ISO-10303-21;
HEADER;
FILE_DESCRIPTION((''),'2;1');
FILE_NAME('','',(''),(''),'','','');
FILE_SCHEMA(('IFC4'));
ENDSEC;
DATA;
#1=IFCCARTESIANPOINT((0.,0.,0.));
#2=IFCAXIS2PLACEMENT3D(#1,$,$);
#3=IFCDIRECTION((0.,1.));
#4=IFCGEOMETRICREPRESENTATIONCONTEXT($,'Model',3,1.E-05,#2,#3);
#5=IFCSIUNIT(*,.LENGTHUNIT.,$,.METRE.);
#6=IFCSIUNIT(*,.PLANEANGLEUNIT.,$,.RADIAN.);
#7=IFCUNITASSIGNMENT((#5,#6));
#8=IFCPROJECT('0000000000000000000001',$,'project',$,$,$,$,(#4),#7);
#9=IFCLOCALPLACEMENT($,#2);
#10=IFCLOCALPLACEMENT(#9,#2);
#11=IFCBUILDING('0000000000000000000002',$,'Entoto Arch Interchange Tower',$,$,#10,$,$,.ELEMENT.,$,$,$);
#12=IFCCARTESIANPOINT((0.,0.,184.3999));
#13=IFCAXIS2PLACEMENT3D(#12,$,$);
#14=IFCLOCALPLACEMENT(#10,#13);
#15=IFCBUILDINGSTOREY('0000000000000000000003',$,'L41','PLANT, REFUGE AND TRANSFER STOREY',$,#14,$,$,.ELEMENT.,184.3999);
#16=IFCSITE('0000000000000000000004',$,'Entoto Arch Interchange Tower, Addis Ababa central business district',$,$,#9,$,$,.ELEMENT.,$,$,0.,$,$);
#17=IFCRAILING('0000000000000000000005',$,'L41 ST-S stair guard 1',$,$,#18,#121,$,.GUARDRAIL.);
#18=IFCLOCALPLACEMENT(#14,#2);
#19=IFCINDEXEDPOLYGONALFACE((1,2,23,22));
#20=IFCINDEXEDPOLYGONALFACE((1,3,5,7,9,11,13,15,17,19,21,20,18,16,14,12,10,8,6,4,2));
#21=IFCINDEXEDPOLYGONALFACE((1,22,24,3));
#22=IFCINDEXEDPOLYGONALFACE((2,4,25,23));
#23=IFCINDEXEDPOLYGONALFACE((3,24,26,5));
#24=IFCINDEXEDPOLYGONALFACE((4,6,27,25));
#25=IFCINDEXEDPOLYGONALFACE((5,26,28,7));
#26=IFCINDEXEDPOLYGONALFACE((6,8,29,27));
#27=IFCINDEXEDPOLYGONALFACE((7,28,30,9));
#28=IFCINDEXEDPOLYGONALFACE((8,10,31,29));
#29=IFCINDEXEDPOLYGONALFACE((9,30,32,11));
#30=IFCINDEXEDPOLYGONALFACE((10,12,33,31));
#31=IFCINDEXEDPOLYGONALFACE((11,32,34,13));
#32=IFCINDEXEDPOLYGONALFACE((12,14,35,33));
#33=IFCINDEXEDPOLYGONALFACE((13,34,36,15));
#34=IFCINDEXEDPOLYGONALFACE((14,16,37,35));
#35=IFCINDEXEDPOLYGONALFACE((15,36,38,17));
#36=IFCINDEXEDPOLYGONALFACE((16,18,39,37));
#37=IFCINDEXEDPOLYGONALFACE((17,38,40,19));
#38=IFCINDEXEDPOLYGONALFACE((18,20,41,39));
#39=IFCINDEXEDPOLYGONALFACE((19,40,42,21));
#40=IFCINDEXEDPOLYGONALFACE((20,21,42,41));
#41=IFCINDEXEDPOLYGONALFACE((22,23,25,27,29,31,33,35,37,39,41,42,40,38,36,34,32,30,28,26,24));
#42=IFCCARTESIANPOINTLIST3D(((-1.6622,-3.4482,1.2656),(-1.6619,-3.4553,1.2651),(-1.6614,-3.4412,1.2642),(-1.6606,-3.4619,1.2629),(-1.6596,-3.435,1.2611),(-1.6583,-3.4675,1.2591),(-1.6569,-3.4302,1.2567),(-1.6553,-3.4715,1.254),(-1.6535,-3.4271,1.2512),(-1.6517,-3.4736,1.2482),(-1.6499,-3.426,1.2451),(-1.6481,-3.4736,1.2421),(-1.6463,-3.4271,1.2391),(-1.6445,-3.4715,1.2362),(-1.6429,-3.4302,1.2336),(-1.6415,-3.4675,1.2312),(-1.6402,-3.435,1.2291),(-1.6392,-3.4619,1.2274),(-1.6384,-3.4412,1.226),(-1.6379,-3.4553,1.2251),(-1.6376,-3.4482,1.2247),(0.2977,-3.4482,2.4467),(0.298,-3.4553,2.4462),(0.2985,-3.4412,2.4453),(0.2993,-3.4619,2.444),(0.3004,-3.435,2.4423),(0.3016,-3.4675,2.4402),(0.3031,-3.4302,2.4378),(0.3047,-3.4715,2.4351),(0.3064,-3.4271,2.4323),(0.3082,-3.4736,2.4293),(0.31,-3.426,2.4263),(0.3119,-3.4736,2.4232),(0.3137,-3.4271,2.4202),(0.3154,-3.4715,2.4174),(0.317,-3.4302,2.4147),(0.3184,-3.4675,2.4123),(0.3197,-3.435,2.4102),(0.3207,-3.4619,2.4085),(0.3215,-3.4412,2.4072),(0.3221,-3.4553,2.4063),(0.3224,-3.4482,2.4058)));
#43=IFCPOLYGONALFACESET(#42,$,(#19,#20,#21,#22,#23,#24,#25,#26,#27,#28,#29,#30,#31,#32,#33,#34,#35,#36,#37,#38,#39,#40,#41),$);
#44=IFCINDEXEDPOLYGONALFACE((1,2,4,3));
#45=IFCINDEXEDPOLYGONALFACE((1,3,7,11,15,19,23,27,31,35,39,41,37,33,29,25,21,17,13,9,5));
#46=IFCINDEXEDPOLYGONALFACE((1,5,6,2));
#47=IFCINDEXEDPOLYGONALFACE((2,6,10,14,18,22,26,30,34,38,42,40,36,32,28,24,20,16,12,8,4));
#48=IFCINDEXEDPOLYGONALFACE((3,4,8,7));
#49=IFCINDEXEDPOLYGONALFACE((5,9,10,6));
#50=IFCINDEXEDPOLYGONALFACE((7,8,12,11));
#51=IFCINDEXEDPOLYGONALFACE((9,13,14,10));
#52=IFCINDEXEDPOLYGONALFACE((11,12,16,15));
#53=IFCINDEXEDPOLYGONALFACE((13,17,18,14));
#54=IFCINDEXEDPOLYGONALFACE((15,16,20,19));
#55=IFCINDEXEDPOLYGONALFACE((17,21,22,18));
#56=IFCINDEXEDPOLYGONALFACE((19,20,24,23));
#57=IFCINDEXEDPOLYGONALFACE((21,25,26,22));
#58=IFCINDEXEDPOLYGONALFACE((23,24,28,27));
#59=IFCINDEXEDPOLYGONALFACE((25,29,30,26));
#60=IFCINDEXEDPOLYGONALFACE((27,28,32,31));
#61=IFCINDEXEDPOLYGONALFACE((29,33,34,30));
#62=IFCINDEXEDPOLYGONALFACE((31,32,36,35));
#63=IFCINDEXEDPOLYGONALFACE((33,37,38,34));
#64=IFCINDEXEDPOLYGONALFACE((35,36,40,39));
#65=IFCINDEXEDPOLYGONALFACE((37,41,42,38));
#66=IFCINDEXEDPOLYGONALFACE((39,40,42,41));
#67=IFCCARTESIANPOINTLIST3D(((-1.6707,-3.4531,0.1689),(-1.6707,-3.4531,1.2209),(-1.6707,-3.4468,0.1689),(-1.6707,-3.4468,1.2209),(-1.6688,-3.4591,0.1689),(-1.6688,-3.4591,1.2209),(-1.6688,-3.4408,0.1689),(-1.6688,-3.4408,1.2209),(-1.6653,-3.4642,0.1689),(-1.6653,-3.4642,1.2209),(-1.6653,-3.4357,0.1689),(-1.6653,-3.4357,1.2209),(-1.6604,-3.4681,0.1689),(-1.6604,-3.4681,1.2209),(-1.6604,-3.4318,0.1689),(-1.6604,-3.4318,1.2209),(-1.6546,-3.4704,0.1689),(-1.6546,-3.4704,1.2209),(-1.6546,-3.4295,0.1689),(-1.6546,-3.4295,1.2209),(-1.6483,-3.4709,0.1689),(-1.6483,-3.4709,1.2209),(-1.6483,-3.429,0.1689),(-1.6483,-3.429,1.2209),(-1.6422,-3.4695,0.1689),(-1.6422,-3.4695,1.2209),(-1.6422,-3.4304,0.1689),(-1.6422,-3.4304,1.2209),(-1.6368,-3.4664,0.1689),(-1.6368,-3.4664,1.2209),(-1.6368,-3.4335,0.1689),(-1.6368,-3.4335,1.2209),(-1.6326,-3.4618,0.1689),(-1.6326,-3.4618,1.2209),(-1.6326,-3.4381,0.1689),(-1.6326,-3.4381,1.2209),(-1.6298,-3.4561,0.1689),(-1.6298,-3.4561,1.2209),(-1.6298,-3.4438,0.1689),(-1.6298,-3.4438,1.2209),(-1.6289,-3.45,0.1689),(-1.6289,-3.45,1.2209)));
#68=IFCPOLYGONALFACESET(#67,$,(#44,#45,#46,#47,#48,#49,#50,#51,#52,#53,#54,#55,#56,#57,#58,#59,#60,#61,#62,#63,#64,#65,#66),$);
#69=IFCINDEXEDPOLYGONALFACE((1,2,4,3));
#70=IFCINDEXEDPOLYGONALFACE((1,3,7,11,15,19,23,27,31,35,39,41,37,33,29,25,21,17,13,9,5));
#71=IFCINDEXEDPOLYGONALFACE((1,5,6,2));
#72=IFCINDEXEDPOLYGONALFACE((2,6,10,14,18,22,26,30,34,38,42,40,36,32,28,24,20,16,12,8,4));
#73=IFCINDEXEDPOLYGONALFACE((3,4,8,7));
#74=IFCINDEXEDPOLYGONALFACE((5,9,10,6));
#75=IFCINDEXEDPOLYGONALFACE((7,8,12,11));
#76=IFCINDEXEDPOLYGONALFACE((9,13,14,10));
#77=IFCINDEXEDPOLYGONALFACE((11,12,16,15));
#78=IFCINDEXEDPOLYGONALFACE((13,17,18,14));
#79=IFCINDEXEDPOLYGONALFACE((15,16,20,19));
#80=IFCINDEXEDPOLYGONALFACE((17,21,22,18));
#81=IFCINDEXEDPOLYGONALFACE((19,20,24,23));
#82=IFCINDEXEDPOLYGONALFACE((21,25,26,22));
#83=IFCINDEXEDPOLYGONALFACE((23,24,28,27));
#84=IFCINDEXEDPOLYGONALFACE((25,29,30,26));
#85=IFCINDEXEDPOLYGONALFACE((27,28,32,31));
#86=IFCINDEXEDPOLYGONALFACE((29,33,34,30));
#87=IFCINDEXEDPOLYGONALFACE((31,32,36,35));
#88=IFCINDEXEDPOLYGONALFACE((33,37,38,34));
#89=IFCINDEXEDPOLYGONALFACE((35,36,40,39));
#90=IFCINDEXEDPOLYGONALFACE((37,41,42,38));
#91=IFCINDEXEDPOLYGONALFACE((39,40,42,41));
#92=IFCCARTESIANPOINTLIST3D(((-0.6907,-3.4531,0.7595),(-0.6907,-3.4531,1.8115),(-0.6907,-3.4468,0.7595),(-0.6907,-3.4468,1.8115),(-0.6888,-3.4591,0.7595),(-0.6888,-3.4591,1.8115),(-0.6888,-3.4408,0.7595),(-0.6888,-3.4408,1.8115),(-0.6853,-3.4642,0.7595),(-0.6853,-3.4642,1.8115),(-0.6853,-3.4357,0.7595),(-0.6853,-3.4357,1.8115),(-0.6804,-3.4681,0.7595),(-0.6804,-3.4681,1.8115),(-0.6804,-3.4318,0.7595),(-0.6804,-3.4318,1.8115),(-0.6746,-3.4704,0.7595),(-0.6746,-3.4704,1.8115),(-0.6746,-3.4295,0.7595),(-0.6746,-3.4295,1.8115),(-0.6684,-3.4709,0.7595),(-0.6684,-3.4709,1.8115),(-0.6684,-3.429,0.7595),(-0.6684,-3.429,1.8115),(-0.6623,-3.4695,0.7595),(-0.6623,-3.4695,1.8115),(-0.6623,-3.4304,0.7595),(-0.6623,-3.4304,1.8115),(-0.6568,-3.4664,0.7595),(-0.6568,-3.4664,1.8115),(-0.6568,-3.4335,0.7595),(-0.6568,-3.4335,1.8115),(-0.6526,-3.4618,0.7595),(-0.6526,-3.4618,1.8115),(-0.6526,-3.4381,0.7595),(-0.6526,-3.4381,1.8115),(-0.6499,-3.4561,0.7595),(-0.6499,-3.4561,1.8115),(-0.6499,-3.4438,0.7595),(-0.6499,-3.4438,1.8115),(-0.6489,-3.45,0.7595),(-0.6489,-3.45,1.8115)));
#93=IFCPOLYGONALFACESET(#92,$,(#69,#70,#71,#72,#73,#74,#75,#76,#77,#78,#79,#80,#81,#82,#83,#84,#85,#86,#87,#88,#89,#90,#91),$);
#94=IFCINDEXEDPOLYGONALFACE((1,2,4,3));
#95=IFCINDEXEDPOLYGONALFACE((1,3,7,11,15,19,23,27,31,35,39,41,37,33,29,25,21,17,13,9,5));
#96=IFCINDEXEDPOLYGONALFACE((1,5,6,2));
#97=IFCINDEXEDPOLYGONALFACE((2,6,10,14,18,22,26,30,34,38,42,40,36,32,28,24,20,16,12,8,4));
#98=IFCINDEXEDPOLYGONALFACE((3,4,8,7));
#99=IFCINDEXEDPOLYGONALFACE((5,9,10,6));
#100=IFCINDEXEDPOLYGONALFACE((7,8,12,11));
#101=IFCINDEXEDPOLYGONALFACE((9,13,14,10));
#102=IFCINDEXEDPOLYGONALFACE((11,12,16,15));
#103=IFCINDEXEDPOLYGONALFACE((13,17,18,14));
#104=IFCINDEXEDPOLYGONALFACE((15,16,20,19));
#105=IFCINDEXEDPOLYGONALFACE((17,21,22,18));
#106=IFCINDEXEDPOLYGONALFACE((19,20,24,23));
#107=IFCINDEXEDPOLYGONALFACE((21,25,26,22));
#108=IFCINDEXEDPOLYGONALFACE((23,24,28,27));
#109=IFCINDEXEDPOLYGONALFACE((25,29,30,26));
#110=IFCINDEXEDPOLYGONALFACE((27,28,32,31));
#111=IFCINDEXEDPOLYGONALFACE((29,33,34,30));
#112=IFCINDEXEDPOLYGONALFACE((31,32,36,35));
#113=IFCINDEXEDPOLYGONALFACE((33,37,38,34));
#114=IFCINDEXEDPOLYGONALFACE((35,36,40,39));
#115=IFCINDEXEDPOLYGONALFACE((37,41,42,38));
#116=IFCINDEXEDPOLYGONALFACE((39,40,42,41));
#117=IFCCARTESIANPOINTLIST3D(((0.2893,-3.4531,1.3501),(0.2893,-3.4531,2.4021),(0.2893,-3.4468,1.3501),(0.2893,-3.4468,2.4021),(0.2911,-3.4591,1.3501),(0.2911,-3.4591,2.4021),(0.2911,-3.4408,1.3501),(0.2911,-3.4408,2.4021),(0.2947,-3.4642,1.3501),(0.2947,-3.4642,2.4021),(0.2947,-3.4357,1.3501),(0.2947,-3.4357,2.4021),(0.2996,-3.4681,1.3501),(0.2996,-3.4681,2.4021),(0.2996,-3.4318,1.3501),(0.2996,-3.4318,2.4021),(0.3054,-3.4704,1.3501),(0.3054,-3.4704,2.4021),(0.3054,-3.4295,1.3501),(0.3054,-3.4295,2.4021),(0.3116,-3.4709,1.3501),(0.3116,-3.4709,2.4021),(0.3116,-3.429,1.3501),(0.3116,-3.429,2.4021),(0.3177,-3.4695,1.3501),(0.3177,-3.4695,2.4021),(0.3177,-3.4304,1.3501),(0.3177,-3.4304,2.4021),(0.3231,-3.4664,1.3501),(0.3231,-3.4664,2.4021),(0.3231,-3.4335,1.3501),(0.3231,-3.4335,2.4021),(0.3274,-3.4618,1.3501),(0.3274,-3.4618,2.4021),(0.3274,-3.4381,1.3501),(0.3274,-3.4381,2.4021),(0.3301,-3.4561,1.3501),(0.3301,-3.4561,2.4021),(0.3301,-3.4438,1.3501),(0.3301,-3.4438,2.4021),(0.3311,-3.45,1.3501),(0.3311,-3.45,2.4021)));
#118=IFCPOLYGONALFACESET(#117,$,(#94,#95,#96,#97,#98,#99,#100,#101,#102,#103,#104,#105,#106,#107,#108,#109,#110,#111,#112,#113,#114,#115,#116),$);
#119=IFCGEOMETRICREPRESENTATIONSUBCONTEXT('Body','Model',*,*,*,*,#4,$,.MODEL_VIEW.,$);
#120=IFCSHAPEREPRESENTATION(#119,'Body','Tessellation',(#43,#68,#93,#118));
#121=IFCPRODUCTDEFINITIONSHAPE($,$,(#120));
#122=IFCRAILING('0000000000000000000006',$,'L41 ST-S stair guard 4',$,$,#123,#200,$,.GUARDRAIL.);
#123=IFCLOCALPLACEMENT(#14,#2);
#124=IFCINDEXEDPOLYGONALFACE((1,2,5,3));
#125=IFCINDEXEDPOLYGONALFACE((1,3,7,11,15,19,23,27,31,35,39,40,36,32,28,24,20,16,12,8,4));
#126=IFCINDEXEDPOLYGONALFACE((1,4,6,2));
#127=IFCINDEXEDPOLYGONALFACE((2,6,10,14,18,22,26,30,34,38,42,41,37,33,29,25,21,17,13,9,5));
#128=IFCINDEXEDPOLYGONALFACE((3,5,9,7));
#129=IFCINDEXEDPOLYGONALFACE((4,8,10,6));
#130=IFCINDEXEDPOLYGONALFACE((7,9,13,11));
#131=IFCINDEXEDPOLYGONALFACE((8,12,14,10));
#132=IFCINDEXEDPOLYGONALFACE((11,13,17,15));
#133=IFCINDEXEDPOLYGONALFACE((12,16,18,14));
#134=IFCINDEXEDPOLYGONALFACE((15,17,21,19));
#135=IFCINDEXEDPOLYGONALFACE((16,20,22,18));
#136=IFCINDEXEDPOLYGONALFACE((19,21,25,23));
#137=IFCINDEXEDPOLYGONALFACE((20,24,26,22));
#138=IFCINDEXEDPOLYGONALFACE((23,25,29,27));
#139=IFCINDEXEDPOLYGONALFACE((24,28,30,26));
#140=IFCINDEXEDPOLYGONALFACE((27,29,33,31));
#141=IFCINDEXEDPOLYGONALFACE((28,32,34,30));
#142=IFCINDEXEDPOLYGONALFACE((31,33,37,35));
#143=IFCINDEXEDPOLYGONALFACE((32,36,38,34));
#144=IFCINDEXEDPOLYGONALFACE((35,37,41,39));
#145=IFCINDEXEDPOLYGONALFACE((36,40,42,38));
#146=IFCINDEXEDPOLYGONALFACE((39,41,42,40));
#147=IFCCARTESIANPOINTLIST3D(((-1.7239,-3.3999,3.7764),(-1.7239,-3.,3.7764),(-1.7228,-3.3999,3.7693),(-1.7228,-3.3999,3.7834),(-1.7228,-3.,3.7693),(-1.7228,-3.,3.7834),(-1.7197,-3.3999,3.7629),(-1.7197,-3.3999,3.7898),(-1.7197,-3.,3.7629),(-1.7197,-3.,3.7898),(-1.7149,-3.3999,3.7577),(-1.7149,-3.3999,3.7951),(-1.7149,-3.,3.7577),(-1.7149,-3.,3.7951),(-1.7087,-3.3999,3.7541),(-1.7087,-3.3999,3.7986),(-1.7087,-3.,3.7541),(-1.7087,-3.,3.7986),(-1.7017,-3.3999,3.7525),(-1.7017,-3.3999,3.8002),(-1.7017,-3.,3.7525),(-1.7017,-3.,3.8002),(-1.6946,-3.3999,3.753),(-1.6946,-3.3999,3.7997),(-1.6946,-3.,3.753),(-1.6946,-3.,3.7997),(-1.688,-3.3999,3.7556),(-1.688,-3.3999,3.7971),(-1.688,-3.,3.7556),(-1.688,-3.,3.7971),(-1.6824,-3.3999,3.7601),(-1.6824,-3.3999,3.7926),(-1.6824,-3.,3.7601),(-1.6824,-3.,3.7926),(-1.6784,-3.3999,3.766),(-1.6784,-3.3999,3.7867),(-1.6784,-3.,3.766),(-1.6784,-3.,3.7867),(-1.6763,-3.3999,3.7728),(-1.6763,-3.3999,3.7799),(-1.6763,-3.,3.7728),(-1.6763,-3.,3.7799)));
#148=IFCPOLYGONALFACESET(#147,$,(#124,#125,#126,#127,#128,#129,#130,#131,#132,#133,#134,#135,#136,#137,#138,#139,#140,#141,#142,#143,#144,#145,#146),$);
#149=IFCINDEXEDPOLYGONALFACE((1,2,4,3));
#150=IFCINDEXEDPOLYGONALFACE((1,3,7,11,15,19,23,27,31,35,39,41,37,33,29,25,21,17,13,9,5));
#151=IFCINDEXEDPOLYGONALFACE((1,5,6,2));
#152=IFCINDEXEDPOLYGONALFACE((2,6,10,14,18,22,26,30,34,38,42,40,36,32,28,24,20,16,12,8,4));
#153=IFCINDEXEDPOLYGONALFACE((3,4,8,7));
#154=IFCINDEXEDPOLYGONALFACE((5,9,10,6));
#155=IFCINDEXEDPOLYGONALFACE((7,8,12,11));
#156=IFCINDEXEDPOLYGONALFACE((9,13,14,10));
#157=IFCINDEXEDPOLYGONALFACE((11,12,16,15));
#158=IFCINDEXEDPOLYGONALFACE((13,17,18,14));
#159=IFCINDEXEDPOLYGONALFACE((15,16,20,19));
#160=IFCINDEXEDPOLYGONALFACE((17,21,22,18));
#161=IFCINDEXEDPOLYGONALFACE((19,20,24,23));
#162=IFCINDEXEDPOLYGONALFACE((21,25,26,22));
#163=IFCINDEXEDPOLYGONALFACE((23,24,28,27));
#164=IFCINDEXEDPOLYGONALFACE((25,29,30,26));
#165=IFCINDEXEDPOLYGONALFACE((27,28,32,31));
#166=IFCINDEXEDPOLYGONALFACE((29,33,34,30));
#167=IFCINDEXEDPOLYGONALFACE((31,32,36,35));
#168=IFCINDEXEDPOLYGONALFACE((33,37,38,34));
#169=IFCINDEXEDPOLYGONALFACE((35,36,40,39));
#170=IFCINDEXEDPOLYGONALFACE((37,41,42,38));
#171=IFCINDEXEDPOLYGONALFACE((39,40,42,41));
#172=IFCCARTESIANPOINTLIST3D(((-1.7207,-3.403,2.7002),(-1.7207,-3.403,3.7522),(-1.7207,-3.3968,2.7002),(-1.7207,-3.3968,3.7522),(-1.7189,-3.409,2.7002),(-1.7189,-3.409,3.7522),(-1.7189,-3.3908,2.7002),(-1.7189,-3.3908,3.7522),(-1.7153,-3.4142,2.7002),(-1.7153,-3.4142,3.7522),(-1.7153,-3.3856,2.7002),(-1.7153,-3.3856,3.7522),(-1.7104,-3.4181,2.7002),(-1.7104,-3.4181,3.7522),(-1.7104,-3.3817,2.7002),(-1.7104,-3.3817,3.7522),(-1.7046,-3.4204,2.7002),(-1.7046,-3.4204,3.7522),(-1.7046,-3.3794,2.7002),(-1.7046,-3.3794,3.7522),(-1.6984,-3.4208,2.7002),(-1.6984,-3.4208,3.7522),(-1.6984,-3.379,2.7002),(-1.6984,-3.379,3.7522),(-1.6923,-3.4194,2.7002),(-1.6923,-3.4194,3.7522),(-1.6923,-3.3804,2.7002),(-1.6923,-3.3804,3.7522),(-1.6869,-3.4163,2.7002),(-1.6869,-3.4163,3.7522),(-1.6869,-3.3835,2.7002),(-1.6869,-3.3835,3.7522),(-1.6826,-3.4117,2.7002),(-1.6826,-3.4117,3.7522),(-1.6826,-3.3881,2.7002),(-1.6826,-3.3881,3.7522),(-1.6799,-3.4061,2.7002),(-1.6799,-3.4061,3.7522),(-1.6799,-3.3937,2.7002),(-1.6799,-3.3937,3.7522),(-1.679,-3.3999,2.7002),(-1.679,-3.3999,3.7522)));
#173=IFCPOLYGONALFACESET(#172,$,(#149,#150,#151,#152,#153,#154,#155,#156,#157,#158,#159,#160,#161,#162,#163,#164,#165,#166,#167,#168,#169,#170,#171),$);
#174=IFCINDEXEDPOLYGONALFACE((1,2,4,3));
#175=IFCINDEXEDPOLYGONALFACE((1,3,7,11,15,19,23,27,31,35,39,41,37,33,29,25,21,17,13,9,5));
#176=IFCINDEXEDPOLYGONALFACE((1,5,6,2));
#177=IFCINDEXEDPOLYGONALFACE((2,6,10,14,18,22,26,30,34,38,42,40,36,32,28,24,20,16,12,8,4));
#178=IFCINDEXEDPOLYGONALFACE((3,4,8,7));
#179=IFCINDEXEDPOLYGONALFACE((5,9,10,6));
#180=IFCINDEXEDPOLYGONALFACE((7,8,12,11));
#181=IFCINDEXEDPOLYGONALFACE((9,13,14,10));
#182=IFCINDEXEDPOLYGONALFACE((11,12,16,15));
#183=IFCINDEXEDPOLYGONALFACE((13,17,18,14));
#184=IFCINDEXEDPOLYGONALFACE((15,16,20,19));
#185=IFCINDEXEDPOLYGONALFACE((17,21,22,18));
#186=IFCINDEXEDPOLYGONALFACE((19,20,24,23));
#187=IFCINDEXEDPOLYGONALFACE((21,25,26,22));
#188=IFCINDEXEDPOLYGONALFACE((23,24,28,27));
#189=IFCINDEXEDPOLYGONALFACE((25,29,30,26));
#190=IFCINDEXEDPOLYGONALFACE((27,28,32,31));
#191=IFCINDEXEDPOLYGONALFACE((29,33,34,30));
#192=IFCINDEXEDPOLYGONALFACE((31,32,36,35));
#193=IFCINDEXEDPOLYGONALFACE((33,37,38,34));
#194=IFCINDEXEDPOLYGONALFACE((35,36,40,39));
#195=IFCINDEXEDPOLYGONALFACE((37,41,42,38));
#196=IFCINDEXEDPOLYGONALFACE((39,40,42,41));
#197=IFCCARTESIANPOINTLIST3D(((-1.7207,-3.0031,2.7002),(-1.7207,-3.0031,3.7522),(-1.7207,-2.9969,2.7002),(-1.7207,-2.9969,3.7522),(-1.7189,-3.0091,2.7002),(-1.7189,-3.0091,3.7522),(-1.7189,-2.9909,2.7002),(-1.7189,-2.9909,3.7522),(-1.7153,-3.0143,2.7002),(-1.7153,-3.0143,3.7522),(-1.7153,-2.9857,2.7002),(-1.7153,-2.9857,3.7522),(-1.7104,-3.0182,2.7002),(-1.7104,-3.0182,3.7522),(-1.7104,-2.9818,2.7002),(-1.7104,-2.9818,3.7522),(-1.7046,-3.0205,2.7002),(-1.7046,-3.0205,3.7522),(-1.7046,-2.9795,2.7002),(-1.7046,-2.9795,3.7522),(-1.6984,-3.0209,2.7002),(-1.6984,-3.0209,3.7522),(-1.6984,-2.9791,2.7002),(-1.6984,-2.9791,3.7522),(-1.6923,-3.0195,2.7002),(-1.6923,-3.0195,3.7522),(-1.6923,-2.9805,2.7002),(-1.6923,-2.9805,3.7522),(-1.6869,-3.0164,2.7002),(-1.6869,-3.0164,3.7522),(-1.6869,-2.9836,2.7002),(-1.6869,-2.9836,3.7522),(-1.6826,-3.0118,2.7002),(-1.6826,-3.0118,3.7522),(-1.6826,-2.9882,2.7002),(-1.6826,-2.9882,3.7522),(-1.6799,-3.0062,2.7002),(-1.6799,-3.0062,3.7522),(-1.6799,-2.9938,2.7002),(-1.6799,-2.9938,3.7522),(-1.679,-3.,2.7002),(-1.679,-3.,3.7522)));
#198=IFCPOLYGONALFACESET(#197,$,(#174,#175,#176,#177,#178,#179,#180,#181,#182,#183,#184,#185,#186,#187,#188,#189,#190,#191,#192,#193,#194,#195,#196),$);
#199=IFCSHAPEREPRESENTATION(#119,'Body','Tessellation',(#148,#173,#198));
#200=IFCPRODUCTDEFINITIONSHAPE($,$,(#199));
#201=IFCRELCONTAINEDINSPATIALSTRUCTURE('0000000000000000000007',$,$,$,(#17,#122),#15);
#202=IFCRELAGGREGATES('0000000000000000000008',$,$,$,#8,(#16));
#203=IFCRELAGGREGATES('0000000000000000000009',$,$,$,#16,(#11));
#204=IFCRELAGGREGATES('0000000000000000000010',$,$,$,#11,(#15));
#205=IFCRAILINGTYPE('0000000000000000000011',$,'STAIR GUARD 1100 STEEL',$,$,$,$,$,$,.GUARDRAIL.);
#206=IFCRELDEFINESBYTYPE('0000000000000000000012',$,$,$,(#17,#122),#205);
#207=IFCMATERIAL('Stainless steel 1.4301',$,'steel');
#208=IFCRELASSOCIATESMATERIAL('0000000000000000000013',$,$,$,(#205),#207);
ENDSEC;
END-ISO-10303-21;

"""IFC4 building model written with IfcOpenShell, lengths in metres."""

from ifc_helpers import new_model, si_unit, direction, frame, origin, origin_2d, place, context, subcontext, project, spatial, circle, extrude, material, type_object, element, save


model = new_model("IFC4")

# Units and contexts
model_context = context("Model", 3, precision=1e-05, world=origin(), true_north=direction((0.0, 1.0)))
body_context = subcontext(model_context, "Body", "Model", "MODEL_VIEW")
ifc_project = project(units=[si_unit("LENGTHUNIT", "METRE"), si_unit("PLANEANGLEUNIT", "RADIAN")], contexts=[model_context])

# Site, building, storey
site_placement = place(None, origin())
site = spatial("IfcSite", under=ifc_project, at=site_placement, Name="Entoto Arch Interchange Tower, Addis Ababa central business district", CompositionType="ELEMENT", RefElevation=0.0)
building_placement = place(site_placement, origin())
building = spatial("IfcBuilding", under=site, at=building_placement, Name="Entoto Arch Interchange Tower", CompositionType="ELEMENT")
storey_placement = place(building_placement, frame((0.0, 0.0, 184.3999)))
storey = spatial("IfcBuildingStorey", under=building, at=storey_placement, Name="L41", Description="PLANT, REFUGE AND TRANSFER STOREY", CompositionType="ELEMENT", Elevation=184.3999)

# Railings
ifc_material_1 = material(Name="Stainless steel 1.4301", Category="steel")
railing_type = type_object("IfcRailingType", Name="STAIR GUARD 1100 STEEL", PredefinedType="GUARDRAIL", material=ifc_material_1)
railing_1_placement = place(storey_placement, frame((-1.6499, -3.45, 0.1689)))
element("IfcRailing", 1, at=railing_1_placement, inside=storey, type_object=railing_type, Name="L41 ST-S stair guard 1", PredefinedType="GUARDRAIL", context=body_context, shape_type="SweptSolid", body=[
    extrude(circle(Radius=0.0239, at=origin_2d()), frame((0.0, 0.0, 1.0762), z_axis=(0.856493, 0.0, 0.516158), x_axis=(0.0, 1.0, 0.0)), (0.0, 0.0, 1.0), 2.2883),
    extrude(circle(Radius=0.021, at=origin_2d()), origin(), (0.0, 0.0, 1.0), 1.052),
    extrude(circle(Radius=0.021, at=origin_2d()), frame((0.98, 0.0, 0.5906)), (0.0, 0.0, 1.0), 1.052),
    extrude(circle(Radius=0.021, at=origin_2d()), frame((1.96, 0.0, 1.1812)), (0.0, 0.0, 1.0), 1.052),
])
railing_2_placement = place(storey_placement, frame((-1.7, -3.3999, 2.7002)))
element("IfcRailing", 2, at=railing_2_placement, inside=storey, type_object=railing_type, Name="L41 ST-S stair guard 4", PredefinedType="GUARDRAIL", context=body_context, shape_type="SweptSolid", body=[
    extrude(circle(Radius=0.0239, at=origin_2d()), frame((0.0, 0.0, 1.0762), z_axis=(0.0, 1.0, 0.0), x_axis=(-1.0, 0.0, 0.0)), (0.0, 0.0, 1.0), 0.3999),
    extrude(circle(Radius=0.021, at=origin_2d()), origin(), (0.0, 0.0, 1.0), 1.052),
    extrude(circle(Radius=0.021, at=origin_2d()), frame((0.0, 0.3999, 0.0)), (0.0, 0.0, 1.0), 1.052),
])

save(model, "model.ifc")
